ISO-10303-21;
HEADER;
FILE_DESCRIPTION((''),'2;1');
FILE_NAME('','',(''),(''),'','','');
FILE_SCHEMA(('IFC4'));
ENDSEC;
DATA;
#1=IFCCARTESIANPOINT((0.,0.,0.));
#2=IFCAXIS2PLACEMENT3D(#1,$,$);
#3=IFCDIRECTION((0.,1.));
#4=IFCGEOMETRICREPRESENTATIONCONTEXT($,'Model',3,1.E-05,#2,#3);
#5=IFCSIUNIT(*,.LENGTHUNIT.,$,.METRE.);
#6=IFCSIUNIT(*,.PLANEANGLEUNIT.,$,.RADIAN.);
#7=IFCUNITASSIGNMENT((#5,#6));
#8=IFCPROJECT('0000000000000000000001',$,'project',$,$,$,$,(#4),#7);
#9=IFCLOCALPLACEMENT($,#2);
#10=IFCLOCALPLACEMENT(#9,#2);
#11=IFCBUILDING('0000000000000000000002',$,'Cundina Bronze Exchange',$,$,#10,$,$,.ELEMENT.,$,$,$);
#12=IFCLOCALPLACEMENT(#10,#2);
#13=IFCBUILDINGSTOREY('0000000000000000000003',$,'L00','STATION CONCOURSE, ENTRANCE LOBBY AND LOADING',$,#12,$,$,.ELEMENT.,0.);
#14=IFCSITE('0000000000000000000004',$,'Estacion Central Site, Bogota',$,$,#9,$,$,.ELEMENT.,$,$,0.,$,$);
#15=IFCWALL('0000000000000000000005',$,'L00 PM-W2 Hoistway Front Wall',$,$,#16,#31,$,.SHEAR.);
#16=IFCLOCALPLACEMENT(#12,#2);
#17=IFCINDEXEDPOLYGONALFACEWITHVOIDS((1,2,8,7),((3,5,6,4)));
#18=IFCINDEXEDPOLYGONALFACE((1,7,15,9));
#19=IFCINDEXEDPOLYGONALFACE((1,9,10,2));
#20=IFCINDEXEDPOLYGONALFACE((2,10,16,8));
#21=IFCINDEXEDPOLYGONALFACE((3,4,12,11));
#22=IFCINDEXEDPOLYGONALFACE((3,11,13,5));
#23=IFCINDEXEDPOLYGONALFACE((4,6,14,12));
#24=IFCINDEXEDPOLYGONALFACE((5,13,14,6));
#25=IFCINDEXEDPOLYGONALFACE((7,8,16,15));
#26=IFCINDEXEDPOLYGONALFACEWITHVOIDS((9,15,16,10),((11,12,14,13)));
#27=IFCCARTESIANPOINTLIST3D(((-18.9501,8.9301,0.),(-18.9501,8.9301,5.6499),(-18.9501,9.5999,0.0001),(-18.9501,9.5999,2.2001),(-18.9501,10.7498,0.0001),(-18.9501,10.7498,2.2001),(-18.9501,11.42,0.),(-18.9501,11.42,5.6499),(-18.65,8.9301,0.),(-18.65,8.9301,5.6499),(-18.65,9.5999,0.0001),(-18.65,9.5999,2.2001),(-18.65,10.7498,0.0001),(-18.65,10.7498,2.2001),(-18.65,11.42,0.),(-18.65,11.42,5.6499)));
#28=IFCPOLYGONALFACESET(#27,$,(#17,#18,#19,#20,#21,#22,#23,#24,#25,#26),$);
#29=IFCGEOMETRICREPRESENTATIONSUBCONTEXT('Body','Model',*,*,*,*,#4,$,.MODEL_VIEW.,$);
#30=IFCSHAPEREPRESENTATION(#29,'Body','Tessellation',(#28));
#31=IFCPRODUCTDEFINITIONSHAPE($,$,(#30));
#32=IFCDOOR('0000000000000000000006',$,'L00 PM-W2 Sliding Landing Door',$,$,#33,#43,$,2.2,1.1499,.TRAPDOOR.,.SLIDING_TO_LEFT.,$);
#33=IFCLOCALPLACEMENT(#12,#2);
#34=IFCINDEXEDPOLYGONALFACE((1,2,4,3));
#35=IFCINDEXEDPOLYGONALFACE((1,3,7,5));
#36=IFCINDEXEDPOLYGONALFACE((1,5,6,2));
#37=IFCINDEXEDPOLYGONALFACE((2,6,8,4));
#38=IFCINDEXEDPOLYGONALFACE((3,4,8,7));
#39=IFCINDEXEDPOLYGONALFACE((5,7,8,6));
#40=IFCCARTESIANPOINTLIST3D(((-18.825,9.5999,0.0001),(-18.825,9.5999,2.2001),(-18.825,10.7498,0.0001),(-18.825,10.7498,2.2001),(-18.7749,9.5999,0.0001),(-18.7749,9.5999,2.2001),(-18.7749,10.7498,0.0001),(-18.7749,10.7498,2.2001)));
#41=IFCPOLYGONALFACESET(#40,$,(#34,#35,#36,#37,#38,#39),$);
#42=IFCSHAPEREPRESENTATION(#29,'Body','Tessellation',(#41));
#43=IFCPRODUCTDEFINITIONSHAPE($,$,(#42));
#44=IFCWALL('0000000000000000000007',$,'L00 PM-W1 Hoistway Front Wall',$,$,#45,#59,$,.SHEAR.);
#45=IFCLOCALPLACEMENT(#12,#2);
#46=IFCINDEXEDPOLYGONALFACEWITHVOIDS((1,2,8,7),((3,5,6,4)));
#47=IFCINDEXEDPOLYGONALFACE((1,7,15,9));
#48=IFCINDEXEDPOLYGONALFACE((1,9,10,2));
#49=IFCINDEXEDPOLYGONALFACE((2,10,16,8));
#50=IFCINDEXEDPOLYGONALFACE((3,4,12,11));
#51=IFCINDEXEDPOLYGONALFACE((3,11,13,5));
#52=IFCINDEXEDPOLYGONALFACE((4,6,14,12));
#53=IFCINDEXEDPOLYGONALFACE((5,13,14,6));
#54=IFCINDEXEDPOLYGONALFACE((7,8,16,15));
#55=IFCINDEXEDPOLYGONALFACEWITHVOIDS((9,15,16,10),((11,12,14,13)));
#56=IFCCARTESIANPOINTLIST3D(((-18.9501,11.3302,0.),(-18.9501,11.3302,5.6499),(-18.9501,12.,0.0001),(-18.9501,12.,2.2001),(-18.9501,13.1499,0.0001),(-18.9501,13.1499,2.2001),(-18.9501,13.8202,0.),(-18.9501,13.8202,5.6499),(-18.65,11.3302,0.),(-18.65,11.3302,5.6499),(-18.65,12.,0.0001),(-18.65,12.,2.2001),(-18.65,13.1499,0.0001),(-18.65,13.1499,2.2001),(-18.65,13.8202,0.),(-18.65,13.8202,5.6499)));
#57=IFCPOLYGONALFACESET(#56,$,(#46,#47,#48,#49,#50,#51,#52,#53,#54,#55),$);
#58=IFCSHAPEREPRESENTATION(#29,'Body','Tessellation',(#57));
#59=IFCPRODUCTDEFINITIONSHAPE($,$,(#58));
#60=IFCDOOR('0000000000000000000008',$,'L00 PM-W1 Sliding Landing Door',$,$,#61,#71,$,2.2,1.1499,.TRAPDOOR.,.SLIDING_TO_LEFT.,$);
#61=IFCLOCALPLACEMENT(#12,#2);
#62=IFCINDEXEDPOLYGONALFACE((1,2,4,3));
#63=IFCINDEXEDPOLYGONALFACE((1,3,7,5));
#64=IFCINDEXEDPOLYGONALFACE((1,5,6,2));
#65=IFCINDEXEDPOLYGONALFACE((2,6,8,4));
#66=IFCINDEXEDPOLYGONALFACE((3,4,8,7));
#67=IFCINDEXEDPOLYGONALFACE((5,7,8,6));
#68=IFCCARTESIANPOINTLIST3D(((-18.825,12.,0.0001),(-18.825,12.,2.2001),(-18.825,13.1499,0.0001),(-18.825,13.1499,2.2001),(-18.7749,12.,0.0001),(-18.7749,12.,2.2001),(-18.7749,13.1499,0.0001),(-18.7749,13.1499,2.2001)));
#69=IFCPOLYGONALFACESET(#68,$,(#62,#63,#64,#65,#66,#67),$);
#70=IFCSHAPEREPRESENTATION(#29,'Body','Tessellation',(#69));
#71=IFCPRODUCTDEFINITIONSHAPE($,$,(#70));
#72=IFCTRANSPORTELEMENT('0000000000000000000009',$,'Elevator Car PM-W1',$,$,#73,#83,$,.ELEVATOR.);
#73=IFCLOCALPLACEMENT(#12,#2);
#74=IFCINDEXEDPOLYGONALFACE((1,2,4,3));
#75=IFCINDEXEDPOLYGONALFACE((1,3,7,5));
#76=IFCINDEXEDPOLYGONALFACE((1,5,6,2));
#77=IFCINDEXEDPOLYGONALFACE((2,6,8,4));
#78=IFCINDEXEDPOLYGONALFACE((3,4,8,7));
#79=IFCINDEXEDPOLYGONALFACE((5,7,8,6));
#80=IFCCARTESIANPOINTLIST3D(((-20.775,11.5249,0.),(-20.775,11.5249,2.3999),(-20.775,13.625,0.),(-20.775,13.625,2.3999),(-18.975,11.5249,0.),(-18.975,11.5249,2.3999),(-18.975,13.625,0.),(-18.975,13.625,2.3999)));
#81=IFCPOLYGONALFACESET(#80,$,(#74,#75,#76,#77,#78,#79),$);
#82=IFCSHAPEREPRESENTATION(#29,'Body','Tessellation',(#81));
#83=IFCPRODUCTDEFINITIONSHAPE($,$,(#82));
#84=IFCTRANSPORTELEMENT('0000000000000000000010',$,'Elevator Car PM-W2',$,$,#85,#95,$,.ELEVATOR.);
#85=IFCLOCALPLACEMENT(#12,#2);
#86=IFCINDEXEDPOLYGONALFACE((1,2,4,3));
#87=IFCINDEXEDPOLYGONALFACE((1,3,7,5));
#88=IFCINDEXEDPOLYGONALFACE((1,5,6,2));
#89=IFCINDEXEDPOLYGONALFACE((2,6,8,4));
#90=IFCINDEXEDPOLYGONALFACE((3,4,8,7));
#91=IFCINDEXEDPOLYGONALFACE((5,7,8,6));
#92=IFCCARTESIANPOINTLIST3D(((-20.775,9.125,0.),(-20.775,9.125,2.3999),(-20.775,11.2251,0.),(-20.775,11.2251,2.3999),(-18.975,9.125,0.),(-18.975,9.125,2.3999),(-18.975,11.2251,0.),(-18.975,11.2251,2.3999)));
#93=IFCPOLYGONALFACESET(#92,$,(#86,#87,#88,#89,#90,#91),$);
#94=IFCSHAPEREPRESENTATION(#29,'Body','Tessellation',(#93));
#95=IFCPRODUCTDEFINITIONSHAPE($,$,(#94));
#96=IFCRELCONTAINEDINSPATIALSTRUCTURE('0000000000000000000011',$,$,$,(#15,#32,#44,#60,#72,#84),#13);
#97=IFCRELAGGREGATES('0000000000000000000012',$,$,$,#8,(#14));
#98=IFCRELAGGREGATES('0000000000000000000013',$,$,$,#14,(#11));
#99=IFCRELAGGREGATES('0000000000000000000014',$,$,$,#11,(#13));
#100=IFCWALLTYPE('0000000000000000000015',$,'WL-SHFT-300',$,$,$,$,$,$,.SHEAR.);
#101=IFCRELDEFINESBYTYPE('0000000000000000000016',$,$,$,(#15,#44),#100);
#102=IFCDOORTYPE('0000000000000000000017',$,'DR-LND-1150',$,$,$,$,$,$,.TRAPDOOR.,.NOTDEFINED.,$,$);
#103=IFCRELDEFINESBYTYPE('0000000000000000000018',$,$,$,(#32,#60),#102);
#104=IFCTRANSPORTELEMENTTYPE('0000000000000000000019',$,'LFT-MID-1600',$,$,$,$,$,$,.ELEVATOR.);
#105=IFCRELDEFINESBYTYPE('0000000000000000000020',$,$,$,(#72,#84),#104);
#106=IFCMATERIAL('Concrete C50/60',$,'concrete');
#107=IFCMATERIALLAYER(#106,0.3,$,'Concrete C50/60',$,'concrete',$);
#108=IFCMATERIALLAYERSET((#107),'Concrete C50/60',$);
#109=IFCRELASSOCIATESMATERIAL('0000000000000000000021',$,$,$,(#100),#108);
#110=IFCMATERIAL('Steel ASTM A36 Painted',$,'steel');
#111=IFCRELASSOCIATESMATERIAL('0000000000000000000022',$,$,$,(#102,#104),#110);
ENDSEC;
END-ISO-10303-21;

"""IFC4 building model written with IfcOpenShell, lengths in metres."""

from ifc_helpers import new_model, si_unit, direction, frame, frame_2d, origin, origin_2d, place, context, subcontext, project, spatial, rectangle, extrude, material, layer, layer_set, type_object, element, fill, save


model = new_model("IFC4")

# Units and contexts
model_context = context("Model", 3, precision=1e-05, world=origin(), true_north=direction((0.0, 1.0)))
body_context = subcontext(model_context, "Body", "Model", "MODEL_VIEW")
ifc_project = project(units=[si_unit("LENGTHUNIT", "METRE"), si_unit("PLANEANGLEUNIT", "RADIAN")], contexts=[model_context])

# Site, building, storey
site_placement = place(None, origin())
site = spatial("IfcSite", under=ifc_project, at=site_placement, Name="Estacion Central Site, Bogota", CompositionType="ELEMENT", RefElevation=0.0)
building_placement = place(site_placement, origin())
building = spatial("IfcBuilding", under=site, at=building_placement, Name="Cundina Bronze Exchange", CompositionType="ELEMENT")
storey_placement = place(building_placement, origin())
storey = spatial("IfcBuildingStorey", under=building, at=storey_placement, Name="L00", Description="STATION CONCOURSE, ENTRANCE LOBBY AND LOADING", CompositionType="ELEMENT", Elevation=0.0)

# Walls, openings, doors
ifc_material_1 = material(Name="Concrete C50/60", Category="concrete")
ifc_layer_1 = layer(ifc_material_1, 0.3, Name="Concrete C50/60", Category="concrete")
ifc_layer_set_1 = layer_set([ifc_layer_1], Name="Concrete C50/60")
wall_type_1 = type_object("IfcWallType", Name="WL-SHFT-300", PredefinedType="SHEAR", material=ifc_layer_set_1)
ifc_material_2 = material(Name="Steel ASTM A36 Painted", Category="steel")
door_type = type_object("IfcDoorType", Name="DR-LND-1150", OperationType="NOTDEFINED", PredefinedType="TRAPDOOR", material=ifc_material_2)
wall_1_placement = place(storey_placement, frame((-18.8, 8.9299, 0.0), z_axis=(0.0, 0.0, 1.0), x_axis=(0.0, 1.0, 0.0)))
wall_1 = element("IfcWall", 1, at=wall_1_placement, inside=storey, type_object=wall_type_1, Name="L00 PM-W2 Hoistway Front Wall", PredefinedType="SHEAR", context=body_context, shape_type="SweptSolid", body=[
    extrude(rectangle(XDim=2.49, YDim=0.3, at=frame_2d((1.2451, 0.0))), origin(), (0.0, 0.0, 1.0), 5.6499),
])
opening_1_placement = place(wall_1_placement, frame((0.6699, 0.0, 0.0)))
opening_1 = element("IfcOpeningElement", 2, at=opening_1_placement, cuts=wall_1, PredefinedType="OPENING", context=body_context, shape_type="SweptSolid", body=[
    extrude(rectangle(XDim=1.1499, YDim=2.2, at=frame_2d((0.575, 1.1001))), frame((0.0, 0.1599, 0.0), z_axis=(0.0, -1.0, 0.0), x_axis=(1.0, 0.0, 0.0)), (0.0, 0.0, 1.0), 0.3201),
])
door_1_placement = place(opening_1_placement, origin())
door_1 = element("IfcDoor", 3, at=door_1_placement, inside=storey, type_object=door_type, Name="L00 PM-W2 Sliding Landing Door", OperationType="SLIDING_TO_LEFT", OverallHeight=2.2, OverallWidth=1.1499, PredefinedType="TRAPDOOR", context=body_context, shape_type="SweptSolid", body=[
    extrude(rectangle(XDim=1.1499, YDim=2.2, at=frame_2d((0.575, 1.1001))), frame((0.0, 0.0249, 0.0), z_axis=(0.0, -1.0, 0.0), x_axis=(1.0, 0.0, 0.0)), (0.0, 0.0, 1.0), 0.05),
])
fill(opening_1, door_1)
wall_2_placement = place(storey_placement, frame((-18.8, 11.3301, 0.0), z_axis=(0.0, 0.0, 1.0), x_axis=(0.0, 1.0, 0.0)))
wall_2 = element("IfcWall", 4, at=wall_2_placement, inside=storey, type_object=wall_type_1, Name="L00 PM-W1 Hoistway Front Wall", PredefinedType="SHEAR", context=body_context, shape_type="SweptSolid", body=[
    extrude(rectangle(XDim=2.49, YDim=0.3, at=frame_2d((1.2451, 0.0))), origin(), (0.0, 0.0, 1.0), 5.6499),
])
opening_2_placement = place(wall_2_placement, frame((0.6699, 0.0, 0.0)))
opening_2 = element("IfcOpeningElement", 5, at=opening_2_placement, cuts=wall_2, PredefinedType="OPENING", context=body_context, shape_type="SweptSolid", body=[
    extrude(rectangle(XDim=1.1499, YDim=2.2, at=frame_2d((0.575, 1.1001))), frame((0.0, 0.1599, 0.0), z_axis=(0.0, -1.0, 0.0), x_axis=(1.0, 0.0, 0.0)), (0.0, 0.0, 1.0), 0.3201),
])
door_2_placement = place(opening_2_placement, origin())
door_2 = element("IfcDoor", 6, at=door_2_placement, inside=storey, type_object=door_type, Name="L00 PM-W1 Sliding Landing Door", OperationType="SLIDING_TO_LEFT", OverallHeight=2.2, OverallWidth=1.1499, PredefinedType="TRAPDOOR", context=body_context, shape_type="SweptSolid", body=[
    extrude(rectangle(XDim=1.1499, YDim=2.2, at=frame_2d((0.575, 1.1001))), frame((0.0, 0.0249, 0.0), z_axis=(0.0, -1.0, 0.0), x_axis=(1.0, 0.0, 0.0)), (0.0, 0.0, 1.0), 0.05),
])
fill(opening_2, door_2)

# Transport elements
transport_element_type = type_object("IfcTransportElementType", Name="LFT-MID-1600", PredefinedType="ELEVATOR", material=ifc_material_2)
for number, where, z_axis, x_axis, name in (
    (7, (-19.875, 12.575, 0.0), (0.0, 0.0, 1.0), (1.0, 0.0, 0.0), "Elevator Car PM-W1"),
    (8, (-19.875, 10.175, 0.0), (0.0, 0.0, 1.0), (1.0, 0.0, 0.0), "Elevator Car PM-W2"),
):
    element("IfcTransportElement", number, at=place(storey_placement, frame(where, z_axis=z_axis, x_axis=x_axis)), inside=storey, type_object=transport_element_type, Name=name, PredefinedType="ELEVATOR", context=body_context, shape_type="SweptSolid", body=[
        extrude(rectangle(XDim=1.8, YDim=2.1001, at=origin_2d()), origin(), (0.0, 0.0, 1.0), 2.3999),
    ])

save(model, "model.ifc")
